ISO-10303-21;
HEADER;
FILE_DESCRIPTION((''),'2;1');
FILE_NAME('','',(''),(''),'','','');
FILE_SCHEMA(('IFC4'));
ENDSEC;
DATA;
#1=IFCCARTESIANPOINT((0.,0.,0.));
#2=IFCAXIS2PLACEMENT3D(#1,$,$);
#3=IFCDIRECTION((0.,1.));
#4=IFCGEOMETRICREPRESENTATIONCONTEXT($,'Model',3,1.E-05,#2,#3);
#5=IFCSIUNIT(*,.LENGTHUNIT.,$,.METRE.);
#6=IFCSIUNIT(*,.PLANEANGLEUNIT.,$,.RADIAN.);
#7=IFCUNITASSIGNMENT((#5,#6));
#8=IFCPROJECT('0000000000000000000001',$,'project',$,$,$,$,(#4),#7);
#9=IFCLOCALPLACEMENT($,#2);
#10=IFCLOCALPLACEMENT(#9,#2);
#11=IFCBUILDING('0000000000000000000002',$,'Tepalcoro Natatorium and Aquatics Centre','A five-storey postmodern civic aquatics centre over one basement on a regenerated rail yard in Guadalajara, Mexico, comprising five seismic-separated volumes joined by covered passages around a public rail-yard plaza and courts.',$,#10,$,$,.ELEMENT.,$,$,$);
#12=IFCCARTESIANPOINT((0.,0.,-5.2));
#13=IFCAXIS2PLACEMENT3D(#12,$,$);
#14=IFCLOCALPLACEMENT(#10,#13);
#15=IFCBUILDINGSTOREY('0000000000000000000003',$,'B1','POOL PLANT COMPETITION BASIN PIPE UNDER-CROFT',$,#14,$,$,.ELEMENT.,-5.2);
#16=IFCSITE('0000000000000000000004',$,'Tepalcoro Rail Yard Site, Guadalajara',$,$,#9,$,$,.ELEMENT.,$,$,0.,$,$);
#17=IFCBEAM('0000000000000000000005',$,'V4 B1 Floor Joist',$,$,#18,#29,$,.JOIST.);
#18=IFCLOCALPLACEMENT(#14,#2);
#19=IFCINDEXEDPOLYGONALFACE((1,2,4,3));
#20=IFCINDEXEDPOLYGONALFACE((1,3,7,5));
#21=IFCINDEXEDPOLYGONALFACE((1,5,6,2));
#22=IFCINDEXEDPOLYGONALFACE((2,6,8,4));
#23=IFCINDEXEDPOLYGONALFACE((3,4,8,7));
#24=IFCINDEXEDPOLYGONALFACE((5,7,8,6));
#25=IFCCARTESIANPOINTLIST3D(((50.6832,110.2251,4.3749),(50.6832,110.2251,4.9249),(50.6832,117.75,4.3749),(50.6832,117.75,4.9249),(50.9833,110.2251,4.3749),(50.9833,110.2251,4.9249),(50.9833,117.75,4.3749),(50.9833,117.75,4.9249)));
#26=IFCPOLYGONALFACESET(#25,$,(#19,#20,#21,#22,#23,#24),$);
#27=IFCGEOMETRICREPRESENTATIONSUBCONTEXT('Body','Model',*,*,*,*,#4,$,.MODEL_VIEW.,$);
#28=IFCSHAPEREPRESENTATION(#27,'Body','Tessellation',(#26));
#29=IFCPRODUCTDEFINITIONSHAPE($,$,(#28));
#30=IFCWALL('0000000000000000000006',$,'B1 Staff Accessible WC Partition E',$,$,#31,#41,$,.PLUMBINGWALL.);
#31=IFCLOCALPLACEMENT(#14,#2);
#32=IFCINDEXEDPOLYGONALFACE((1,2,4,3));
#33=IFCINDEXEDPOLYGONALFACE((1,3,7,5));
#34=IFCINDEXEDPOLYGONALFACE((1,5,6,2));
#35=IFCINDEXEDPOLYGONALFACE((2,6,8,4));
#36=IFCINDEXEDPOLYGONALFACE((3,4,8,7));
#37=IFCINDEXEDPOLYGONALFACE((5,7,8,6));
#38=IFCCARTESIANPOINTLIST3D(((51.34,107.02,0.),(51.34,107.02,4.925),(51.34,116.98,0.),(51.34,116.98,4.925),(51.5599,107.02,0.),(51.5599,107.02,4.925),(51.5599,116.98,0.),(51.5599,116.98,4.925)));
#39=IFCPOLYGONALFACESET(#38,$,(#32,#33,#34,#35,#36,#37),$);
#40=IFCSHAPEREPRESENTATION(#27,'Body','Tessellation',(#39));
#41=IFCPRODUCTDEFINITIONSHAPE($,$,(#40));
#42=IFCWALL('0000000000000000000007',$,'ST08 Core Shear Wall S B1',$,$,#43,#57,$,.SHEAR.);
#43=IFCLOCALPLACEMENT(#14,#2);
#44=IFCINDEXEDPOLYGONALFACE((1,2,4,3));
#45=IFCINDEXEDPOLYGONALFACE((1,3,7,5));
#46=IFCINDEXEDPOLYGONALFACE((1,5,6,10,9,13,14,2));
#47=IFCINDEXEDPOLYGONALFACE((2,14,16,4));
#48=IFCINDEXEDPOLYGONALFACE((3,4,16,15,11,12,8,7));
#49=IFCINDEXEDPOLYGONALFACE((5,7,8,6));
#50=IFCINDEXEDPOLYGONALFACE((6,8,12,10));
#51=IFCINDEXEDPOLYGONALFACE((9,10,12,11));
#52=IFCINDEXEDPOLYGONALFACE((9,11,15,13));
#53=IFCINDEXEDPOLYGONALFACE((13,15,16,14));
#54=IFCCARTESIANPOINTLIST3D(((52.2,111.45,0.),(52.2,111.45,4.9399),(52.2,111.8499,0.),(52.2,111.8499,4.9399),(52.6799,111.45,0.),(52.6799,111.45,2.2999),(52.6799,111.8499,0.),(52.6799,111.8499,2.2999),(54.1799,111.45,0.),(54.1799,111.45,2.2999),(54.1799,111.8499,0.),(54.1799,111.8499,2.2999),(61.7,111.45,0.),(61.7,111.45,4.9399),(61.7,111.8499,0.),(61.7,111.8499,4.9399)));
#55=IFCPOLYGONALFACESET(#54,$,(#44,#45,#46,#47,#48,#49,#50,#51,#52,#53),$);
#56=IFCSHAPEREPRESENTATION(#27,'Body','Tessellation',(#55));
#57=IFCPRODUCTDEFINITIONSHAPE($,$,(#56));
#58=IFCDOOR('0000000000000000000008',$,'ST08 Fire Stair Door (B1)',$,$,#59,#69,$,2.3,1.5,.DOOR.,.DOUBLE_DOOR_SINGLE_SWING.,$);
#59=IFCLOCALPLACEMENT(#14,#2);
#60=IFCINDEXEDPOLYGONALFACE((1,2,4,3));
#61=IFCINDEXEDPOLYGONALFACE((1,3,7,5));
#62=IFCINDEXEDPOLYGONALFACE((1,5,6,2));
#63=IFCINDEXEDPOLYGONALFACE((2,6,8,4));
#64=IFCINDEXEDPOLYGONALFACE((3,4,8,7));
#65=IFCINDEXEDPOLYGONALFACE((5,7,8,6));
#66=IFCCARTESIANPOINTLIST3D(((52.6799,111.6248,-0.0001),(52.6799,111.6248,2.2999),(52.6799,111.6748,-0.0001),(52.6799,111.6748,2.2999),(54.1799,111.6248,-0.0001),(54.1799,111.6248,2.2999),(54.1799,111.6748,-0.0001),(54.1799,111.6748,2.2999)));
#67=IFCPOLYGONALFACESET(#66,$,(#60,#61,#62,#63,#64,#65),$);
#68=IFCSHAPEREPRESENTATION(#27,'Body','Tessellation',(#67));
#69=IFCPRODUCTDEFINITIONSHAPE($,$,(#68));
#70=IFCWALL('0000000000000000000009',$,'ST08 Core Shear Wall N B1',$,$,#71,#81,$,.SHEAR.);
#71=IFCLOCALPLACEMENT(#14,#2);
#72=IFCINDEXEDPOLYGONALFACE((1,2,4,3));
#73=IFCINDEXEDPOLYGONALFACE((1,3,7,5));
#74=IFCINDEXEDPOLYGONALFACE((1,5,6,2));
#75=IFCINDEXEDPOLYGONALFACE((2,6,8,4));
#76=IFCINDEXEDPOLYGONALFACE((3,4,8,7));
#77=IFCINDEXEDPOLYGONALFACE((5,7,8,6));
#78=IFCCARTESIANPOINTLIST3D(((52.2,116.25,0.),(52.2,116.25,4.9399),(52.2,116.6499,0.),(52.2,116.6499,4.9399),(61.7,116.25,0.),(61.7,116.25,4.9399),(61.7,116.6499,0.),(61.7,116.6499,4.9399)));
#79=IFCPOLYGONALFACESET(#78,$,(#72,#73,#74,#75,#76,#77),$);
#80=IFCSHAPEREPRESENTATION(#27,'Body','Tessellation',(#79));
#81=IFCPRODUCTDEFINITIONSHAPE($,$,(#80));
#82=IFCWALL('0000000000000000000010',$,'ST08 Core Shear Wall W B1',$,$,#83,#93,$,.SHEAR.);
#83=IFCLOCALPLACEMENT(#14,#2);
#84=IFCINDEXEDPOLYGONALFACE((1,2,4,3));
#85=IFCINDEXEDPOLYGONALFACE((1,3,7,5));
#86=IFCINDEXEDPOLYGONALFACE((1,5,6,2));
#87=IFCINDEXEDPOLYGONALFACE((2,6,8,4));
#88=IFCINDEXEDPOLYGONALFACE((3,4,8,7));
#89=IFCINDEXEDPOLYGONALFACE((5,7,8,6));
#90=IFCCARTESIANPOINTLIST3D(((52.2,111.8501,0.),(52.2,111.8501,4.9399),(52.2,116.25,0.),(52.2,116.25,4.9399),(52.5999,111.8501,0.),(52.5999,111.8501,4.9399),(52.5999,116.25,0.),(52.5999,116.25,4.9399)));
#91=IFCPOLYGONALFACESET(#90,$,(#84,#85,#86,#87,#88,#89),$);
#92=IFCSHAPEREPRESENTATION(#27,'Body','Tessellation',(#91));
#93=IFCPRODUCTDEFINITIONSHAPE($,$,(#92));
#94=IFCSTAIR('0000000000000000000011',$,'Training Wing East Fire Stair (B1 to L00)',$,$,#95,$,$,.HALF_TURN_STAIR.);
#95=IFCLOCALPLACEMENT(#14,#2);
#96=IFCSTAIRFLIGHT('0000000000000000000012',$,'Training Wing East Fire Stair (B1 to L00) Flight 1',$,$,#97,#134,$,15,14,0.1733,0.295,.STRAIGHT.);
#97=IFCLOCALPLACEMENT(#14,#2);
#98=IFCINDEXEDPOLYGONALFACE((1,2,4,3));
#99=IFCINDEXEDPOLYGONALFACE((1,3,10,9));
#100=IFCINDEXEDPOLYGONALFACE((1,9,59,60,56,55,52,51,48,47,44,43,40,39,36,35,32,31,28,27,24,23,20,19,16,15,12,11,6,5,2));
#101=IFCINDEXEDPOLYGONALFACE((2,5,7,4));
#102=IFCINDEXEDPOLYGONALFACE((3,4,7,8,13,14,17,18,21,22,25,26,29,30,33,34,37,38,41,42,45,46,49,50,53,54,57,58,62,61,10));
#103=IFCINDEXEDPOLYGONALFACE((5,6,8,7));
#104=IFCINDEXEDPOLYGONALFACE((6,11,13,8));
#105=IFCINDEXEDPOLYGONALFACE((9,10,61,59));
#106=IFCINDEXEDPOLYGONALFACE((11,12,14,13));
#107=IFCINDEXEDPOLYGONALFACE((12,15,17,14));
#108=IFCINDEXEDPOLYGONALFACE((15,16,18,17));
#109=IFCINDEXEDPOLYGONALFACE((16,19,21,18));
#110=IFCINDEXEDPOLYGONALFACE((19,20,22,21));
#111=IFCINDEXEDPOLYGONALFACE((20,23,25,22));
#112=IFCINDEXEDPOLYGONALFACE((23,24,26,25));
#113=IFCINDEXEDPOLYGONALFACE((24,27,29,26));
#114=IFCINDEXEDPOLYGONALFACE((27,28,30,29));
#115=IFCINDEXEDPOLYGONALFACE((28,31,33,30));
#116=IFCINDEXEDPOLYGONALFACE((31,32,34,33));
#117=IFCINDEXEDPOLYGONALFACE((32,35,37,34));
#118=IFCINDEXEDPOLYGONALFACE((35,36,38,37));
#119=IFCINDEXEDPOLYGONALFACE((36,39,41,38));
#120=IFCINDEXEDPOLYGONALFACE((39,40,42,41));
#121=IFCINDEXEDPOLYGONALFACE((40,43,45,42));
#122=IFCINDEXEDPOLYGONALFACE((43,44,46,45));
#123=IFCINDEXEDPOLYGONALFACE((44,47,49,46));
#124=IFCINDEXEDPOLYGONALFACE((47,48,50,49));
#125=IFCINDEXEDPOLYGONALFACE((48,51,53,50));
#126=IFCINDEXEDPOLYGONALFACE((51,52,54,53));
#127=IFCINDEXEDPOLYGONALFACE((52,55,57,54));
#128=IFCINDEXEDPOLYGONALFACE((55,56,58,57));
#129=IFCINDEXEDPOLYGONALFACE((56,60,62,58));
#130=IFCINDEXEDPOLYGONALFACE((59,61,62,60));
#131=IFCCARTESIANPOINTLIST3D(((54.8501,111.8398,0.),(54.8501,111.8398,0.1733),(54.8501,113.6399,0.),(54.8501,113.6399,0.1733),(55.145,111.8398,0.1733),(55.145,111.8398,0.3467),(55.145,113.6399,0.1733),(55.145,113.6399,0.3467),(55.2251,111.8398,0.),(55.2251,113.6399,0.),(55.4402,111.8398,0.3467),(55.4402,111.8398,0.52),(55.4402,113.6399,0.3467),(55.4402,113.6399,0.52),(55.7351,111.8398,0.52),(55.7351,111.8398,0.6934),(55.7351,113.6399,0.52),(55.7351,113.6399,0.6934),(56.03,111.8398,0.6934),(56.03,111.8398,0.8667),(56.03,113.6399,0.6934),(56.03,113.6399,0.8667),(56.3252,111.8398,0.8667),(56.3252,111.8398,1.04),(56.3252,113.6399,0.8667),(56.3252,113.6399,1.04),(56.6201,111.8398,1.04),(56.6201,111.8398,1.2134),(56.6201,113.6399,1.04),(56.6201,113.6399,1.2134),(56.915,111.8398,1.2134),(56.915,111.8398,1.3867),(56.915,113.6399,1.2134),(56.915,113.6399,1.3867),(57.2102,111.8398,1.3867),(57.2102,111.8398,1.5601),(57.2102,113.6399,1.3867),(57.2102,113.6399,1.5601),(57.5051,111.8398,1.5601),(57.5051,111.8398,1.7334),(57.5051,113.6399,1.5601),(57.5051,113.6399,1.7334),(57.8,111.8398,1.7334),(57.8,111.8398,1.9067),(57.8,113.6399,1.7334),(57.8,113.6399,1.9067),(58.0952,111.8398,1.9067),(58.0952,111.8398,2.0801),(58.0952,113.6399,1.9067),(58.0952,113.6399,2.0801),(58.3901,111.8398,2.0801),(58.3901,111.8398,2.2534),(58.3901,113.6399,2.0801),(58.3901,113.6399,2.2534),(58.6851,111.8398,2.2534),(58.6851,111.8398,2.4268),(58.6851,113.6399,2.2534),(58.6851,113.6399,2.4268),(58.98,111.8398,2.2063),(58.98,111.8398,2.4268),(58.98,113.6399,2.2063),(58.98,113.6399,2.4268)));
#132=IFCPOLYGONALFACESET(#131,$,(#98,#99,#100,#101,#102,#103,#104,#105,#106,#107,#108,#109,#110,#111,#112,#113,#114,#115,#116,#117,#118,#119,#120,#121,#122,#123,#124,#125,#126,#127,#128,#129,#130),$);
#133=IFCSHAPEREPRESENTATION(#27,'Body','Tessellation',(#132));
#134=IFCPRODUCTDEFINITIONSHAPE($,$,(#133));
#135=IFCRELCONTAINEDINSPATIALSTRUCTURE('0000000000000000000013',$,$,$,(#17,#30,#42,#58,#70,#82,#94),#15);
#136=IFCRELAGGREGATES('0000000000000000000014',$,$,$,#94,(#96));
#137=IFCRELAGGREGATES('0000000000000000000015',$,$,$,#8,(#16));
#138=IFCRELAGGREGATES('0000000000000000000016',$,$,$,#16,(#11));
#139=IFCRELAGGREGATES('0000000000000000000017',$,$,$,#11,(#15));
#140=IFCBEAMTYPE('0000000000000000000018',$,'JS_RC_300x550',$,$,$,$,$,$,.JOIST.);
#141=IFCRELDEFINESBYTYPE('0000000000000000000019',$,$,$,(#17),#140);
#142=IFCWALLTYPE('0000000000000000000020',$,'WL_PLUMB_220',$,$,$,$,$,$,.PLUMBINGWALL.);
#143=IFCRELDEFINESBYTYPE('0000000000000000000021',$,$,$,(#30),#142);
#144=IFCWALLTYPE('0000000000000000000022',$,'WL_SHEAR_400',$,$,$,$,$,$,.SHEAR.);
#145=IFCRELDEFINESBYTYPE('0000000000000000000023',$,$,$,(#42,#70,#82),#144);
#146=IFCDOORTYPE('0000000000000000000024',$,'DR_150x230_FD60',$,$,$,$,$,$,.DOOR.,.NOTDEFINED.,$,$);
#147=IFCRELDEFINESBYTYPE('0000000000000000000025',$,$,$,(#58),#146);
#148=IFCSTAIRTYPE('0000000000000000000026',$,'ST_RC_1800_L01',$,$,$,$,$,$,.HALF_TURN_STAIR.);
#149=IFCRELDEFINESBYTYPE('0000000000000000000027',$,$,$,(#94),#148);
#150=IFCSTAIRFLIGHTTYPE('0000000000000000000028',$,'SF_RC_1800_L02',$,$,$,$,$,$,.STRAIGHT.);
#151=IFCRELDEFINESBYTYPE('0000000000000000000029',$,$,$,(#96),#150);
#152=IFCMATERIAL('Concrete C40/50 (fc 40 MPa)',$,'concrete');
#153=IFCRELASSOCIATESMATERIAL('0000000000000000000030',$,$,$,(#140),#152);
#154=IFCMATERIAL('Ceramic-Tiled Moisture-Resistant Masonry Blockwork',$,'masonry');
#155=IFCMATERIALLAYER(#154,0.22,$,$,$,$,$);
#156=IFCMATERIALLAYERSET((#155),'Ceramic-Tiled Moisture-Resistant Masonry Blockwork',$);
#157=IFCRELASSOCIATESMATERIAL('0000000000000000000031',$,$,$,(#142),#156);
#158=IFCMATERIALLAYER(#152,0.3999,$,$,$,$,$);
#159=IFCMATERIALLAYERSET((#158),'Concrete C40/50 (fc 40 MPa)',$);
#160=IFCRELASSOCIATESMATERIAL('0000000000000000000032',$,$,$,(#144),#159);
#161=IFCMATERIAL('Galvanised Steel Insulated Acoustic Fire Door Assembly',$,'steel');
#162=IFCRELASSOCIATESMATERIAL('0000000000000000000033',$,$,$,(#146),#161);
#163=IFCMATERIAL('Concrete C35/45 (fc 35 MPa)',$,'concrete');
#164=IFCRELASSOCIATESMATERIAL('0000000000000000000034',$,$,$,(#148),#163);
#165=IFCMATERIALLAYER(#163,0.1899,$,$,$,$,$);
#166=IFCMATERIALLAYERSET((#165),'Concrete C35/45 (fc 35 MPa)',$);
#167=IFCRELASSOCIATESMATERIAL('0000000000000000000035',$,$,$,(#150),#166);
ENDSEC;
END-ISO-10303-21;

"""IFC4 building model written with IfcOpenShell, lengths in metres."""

from ifc_helpers import new_model, si_unit, direction, frame, frame_2d, origin, origin_2d, place, context, subcontext, project, spatial, polyline, rectangle, outline, extrude, material, layer, layer_set, material_profile, profile_set, type_object, element, fill, aggregate, save


model = new_model("IFC4")

# Units and contexts
model_context = context("Model", 3, precision=1e-05, world=origin(), true_north=direction((0.0, 1.0)))
body_context = subcontext(model_context, "Body", "Model", "MODEL_VIEW")
ifc_project = project(units=[si_unit("LENGTHUNIT", "METRE"), si_unit("PLANEANGLEUNIT", "RADIAN")], contexts=[model_context])

# Site, building, storey
site_placement = place(None, origin())
site = spatial("IfcSite", under=ifc_project, at=site_placement, Name="Tepalcoro Rail Yard Site, Guadalajara", CompositionType="ELEMENT", RefElevation=0.0)
building_placement = place(site_placement, origin())
building = spatial("IfcBuilding", under=site, at=building_placement, Name="Tepalcoro Natatorium and Aquatics Centre", Description="A five-storey postmodern civic aquatics centre over one basement on a regenerated rail yard in Guadalajara, Mexico, comprising five seismic-separated volumes joined by covered passages around a public rail-yard plaza and courts.", CompositionType="ELEMENT")
storey_placement = place(building_placement, frame((0.0, 0.0, -5.2)))
storey = spatial("IfcBuildingStorey", under=building, at=storey_placement, Name="B1", Description="POOL PLANT COMPETITION BASIN PIPE UNDER-CROFT", CompositionType="ELEMENT", Elevation=-5.2)

# Shared definitions
ifc_material_1 = material(Name="Concrete C40/50 (fc 40 MPa)", Category="concrete")

# Beam
ifc_material_profile_1 = material_profile(ifc_material_1, rectangle(XDim=0.3, YDim=0.55, at=origin_2d()), Name="RCJ300x550")
ifc_profile_set_1 = profile_set([ifc_material_profile_1], Name="Concrete C40/50 (fc 40 MPa)")
beam_type_1 = type_object("IfcBeamType", Name="JS_RC_300x550", PredefinedType="JOIST", material=ifc_profile_set_1)
for number, where, z_axis, x_axis, name in (
    (1, (50.8333, 110.2251, 4.6499), (0.0, 1.0, 0.0), (-1.0, 0.0, 0.0), "V4 B1 Floor Joist"),
):
    element("IfcBeam", number, at=place(storey_placement, frame(where, z_axis=z_axis, x_axis=x_axis)), inside=storey, type_object=beam_type_1, Name=name, PredefinedType="JOIST", context=body_context, shape_type="SweptSolid", body=[
        extrude(rectangle(XDim=0.3, YDim=0.55, at=origin_2d()), origin(), (0.0, 0.0, 1.0), 7.5249),
    ])

# Wall
ifc_material_2 = material(Name="Ceramic-Tiled Moisture-Resistant Masonry Blockwork", Category="masonry")
ifc_layer_1 = layer(ifc_material_2, 0.22)
ifc_layer_set_1 = layer_set([ifc_layer_1], Name="Ceramic-Tiled Moisture-Resistant Masonry Blockwork")
wall_type_1 = type_object("IfcWallType", Name="WL_PLUMB_220", PredefinedType="PLUMBINGWALL", material=ifc_layer_set_1)
wall_1_placement = place(storey_placement, frame((51.45, 107.02, 0.0), z_axis=(0.0, 0.0, 1.0), x_axis=(0.0, 1.0, 0.0)))
element("IfcWall", 2, at=wall_1_placement, inside=storey, type_object=wall_type_1, Name="B1 Staff Accessible WC Partition E", PredefinedType="PLUMBINGWALL", context=body_context, shape_type="SweptSolid", body=[
    extrude(rectangle(XDim=9.96, YDim=0.22, at=frame_2d((4.98, 0.0))), origin(), (0.0, 0.0, 1.0), 4.925),
])

# Wall, opening, door
ifc_layer_2 = layer(ifc_material_1, 0.3999)
ifc_layer_set_2 = layer_set([ifc_layer_2], Name="Concrete C40/50 (fc 40 MPa)")
wall_type_2 = type_object("IfcWallType", Name="WL_SHEAR_400", PredefinedType="SHEAR", material=ifc_layer_set_2)
wall_2_placement = place(storey_placement, frame((52.2, 111.6499, 0.0), z_axis=(0.0, 0.0, 1.0), x_axis=(1.0, 0.0, 0.0)))
wall_2 = element("IfcWall", 3, at=wall_2_placement, inside=storey, type_object=wall_type_2, Name="ST08 Core Shear Wall S B1", PredefinedType="SHEAR", context=body_context, shape_type="SweptSolid", body=[
    extrude(rectangle(XDim=9.5, YDim=0.3999, at=frame_2d((4.75, 0.0))), origin(), (0.0, 0.0, 1.0), 4.9399),
])
opening_placement = place(wall_2_placement, frame((0.48, 0.0, 0.0)))
opening = element("IfcOpeningElement", 4, at=opening_placement, cuts=wall_2, PredefinedType="OPENING", context=body_context, shape_type="SweptSolid", body=[
    extrude(rectangle(XDim=1.5, YDim=2.3, at=frame_2d((0.75, 1.1499))), frame((0.0, 0.2119, 0.0), z_axis=(0.0, -1.0, 0.0), x_axis=(1.0, 0.0, 0.0)), (0.0, 0.0, 1.0), 0.4238),
])
ifc_material_3 = material(Name="Galvanised Steel Insulated Acoustic Fire Door Assembly", Category="steel")
door_type = type_object("IfcDoorType", Name="DR_150x230_FD60", OperationType="NOTDEFINED", PredefinedType="DOOR", material=ifc_material_3)
door_placement = place(opening_placement, origin())
door = element("IfcDoor", 5, at=door_placement, inside=storey, type_object=door_type, Name="ST08 Fire Stair Door (B1)", OperationType="DOUBLE_DOOR_SINGLE_SWING", OverallHeight=2.3, OverallWidth=1.5, PredefinedType="DOOR", context=body_context, shape_type="SweptSolid", body=[
    extrude(rectangle(XDim=1.5, YDim=2.3, at=frame_2d((0.75, 1.1499))), frame((0.0, 0.0249, 0.0), z_axis=(0.0, -1.0, 0.0), x_axis=(1.0, 0.0, 0.0)), (0.0, 0.0, 1.0), 0.05),
])
fill(opening, door)

# Walls
wall_3_placement = place(storey_placement, frame((52.2, 116.45, 0.0), z_axis=(0.0, 0.0, 1.0), x_axis=(1.0, 0.0, 0.0)))
element("IfcWall", 6, at=wall_3_placement, inside=storey, type_object=wall_type_2, Name="ST08 Core Shear Wall N B1", PredefinedType="SHEAR", context=body_context, shape_type="SweptSolid", body=[
    extrude(rectangle(XDim=9.5, YDim=0.3999, at=frame_2d((4.75, 0.0))), origin(), (0.0, 0.0, 1.0), 4.9399),
])
wall_4_placement = place(storey_placement, frame((52.3999, 111.8501, 0.0), z_axis=(0.0, 0.0, 1.0), x_axis=(0.0, 1.0, 0.0)))
element("IfcWall", 7, at=wall_4_placement, inside=storey, type_object=wall_type_2, Name="ST08 Core Shear Wall W B1", PredefinedType="SHEAR", context=body_context, shape_type="SweptSolid", body=[
    extrude(rectangle(XDim=4.3999, YDim=0.3999, at=frame_2d((2.2, 0.0))), origin(), (0.0, 0.0, 1.0), 4.9399),
])

# Stair, stair flight
ifc_material_4 = material(Name="Concrete C35/45 (fc 35 MPa)", Category="concrete")
stair_type = type_object("IfcStairType", Name="ST_RC_1800_L01", PredefinedType="HALF_TURN_STAIR", material=ifc_material_4)
stair_placement = place(storey_placement, origin())
stair = element("IfcStair", 8, at=stair_placement, inside=storey, type_object=stair_type, Name="Training Wing East Fire Stair (B1 to L00)", PredefinedType="HALF_TURN_STAIR")
ifc_layer_3 = layer(ifc_material_4, 0.1899)
ifc_layer_set_3 = layer_set([ifc_layer_3], Name="Concrete C35/45 (fc 35 MPa)")
stair_flight_type = type_object("IfcStairFlightType", Name="SF_RC_1800_L02", PredefinedType="STRAIGHT", material=ifc_layer_set_3)
stair_flight_placement = place(storey_placement, frame((54.8501, 112.74, 0.0), z_axis=(0.0, 0.0, 1.0), x_axis=(1.0, 0.0, 0.0)))
stair_flight = element("IfcStairFlight", 9, at=stair_flight_placement, type_object=stair_flight_type, Name="Training Wing East Fire Stair (B1 to L00) Flight 1", NumberOfRisers=15, NumberOfTreads=14, PredefinedType="STRAIGHT", RiserHeight=0.1733, TreadLength=0.295, context=body_context, shape_type="SweptSolid", body=[
    extrude(outline(polyline([(0.0, 0.0), (0.0, 0.1733), (0.2949, 0.1733), (0.2949, 0.3467), (0.5901, 0.3467), (0.5901, 0.52), (0.885, 0.52), (0.885, 0.6934), (1.1799, 0.6934), (1.1799, 0.8667), (1.4751, 0.8667), (1.4751, 1.04), (1.77, 1.04), (1.77, 1.2134), (2.0649, 1.2134), (2.0649, 1.3867), (2.3601, 1.3867), (2.3601, 1.5601), (2.655, 1.5601), (2.655, 1.7334), (2.95, 1.7334), (2.95, 1.9067), (3.2451, 1.9067), (3.2451, 2.0801), (3.54, 2.0801), (3.54, 2.2534), (3.835, 2.2534), (3.835, 2.4268), (4.1299, 2.4268), (4.1299, 2.6001), (4.1299, 2.2063), (0.375, 0.0), (0.0, 0.0)])), frame((0.0, 0.8999, 0.0), z_axis=(0.0, -1.0, 0.0), x_axis=(1.0, 0.0, 0.0)), (0.0, 0.0, 1.0), 1.8),
])
aggregate(stair, [stair_flight])

save(model, "model.ifc")
